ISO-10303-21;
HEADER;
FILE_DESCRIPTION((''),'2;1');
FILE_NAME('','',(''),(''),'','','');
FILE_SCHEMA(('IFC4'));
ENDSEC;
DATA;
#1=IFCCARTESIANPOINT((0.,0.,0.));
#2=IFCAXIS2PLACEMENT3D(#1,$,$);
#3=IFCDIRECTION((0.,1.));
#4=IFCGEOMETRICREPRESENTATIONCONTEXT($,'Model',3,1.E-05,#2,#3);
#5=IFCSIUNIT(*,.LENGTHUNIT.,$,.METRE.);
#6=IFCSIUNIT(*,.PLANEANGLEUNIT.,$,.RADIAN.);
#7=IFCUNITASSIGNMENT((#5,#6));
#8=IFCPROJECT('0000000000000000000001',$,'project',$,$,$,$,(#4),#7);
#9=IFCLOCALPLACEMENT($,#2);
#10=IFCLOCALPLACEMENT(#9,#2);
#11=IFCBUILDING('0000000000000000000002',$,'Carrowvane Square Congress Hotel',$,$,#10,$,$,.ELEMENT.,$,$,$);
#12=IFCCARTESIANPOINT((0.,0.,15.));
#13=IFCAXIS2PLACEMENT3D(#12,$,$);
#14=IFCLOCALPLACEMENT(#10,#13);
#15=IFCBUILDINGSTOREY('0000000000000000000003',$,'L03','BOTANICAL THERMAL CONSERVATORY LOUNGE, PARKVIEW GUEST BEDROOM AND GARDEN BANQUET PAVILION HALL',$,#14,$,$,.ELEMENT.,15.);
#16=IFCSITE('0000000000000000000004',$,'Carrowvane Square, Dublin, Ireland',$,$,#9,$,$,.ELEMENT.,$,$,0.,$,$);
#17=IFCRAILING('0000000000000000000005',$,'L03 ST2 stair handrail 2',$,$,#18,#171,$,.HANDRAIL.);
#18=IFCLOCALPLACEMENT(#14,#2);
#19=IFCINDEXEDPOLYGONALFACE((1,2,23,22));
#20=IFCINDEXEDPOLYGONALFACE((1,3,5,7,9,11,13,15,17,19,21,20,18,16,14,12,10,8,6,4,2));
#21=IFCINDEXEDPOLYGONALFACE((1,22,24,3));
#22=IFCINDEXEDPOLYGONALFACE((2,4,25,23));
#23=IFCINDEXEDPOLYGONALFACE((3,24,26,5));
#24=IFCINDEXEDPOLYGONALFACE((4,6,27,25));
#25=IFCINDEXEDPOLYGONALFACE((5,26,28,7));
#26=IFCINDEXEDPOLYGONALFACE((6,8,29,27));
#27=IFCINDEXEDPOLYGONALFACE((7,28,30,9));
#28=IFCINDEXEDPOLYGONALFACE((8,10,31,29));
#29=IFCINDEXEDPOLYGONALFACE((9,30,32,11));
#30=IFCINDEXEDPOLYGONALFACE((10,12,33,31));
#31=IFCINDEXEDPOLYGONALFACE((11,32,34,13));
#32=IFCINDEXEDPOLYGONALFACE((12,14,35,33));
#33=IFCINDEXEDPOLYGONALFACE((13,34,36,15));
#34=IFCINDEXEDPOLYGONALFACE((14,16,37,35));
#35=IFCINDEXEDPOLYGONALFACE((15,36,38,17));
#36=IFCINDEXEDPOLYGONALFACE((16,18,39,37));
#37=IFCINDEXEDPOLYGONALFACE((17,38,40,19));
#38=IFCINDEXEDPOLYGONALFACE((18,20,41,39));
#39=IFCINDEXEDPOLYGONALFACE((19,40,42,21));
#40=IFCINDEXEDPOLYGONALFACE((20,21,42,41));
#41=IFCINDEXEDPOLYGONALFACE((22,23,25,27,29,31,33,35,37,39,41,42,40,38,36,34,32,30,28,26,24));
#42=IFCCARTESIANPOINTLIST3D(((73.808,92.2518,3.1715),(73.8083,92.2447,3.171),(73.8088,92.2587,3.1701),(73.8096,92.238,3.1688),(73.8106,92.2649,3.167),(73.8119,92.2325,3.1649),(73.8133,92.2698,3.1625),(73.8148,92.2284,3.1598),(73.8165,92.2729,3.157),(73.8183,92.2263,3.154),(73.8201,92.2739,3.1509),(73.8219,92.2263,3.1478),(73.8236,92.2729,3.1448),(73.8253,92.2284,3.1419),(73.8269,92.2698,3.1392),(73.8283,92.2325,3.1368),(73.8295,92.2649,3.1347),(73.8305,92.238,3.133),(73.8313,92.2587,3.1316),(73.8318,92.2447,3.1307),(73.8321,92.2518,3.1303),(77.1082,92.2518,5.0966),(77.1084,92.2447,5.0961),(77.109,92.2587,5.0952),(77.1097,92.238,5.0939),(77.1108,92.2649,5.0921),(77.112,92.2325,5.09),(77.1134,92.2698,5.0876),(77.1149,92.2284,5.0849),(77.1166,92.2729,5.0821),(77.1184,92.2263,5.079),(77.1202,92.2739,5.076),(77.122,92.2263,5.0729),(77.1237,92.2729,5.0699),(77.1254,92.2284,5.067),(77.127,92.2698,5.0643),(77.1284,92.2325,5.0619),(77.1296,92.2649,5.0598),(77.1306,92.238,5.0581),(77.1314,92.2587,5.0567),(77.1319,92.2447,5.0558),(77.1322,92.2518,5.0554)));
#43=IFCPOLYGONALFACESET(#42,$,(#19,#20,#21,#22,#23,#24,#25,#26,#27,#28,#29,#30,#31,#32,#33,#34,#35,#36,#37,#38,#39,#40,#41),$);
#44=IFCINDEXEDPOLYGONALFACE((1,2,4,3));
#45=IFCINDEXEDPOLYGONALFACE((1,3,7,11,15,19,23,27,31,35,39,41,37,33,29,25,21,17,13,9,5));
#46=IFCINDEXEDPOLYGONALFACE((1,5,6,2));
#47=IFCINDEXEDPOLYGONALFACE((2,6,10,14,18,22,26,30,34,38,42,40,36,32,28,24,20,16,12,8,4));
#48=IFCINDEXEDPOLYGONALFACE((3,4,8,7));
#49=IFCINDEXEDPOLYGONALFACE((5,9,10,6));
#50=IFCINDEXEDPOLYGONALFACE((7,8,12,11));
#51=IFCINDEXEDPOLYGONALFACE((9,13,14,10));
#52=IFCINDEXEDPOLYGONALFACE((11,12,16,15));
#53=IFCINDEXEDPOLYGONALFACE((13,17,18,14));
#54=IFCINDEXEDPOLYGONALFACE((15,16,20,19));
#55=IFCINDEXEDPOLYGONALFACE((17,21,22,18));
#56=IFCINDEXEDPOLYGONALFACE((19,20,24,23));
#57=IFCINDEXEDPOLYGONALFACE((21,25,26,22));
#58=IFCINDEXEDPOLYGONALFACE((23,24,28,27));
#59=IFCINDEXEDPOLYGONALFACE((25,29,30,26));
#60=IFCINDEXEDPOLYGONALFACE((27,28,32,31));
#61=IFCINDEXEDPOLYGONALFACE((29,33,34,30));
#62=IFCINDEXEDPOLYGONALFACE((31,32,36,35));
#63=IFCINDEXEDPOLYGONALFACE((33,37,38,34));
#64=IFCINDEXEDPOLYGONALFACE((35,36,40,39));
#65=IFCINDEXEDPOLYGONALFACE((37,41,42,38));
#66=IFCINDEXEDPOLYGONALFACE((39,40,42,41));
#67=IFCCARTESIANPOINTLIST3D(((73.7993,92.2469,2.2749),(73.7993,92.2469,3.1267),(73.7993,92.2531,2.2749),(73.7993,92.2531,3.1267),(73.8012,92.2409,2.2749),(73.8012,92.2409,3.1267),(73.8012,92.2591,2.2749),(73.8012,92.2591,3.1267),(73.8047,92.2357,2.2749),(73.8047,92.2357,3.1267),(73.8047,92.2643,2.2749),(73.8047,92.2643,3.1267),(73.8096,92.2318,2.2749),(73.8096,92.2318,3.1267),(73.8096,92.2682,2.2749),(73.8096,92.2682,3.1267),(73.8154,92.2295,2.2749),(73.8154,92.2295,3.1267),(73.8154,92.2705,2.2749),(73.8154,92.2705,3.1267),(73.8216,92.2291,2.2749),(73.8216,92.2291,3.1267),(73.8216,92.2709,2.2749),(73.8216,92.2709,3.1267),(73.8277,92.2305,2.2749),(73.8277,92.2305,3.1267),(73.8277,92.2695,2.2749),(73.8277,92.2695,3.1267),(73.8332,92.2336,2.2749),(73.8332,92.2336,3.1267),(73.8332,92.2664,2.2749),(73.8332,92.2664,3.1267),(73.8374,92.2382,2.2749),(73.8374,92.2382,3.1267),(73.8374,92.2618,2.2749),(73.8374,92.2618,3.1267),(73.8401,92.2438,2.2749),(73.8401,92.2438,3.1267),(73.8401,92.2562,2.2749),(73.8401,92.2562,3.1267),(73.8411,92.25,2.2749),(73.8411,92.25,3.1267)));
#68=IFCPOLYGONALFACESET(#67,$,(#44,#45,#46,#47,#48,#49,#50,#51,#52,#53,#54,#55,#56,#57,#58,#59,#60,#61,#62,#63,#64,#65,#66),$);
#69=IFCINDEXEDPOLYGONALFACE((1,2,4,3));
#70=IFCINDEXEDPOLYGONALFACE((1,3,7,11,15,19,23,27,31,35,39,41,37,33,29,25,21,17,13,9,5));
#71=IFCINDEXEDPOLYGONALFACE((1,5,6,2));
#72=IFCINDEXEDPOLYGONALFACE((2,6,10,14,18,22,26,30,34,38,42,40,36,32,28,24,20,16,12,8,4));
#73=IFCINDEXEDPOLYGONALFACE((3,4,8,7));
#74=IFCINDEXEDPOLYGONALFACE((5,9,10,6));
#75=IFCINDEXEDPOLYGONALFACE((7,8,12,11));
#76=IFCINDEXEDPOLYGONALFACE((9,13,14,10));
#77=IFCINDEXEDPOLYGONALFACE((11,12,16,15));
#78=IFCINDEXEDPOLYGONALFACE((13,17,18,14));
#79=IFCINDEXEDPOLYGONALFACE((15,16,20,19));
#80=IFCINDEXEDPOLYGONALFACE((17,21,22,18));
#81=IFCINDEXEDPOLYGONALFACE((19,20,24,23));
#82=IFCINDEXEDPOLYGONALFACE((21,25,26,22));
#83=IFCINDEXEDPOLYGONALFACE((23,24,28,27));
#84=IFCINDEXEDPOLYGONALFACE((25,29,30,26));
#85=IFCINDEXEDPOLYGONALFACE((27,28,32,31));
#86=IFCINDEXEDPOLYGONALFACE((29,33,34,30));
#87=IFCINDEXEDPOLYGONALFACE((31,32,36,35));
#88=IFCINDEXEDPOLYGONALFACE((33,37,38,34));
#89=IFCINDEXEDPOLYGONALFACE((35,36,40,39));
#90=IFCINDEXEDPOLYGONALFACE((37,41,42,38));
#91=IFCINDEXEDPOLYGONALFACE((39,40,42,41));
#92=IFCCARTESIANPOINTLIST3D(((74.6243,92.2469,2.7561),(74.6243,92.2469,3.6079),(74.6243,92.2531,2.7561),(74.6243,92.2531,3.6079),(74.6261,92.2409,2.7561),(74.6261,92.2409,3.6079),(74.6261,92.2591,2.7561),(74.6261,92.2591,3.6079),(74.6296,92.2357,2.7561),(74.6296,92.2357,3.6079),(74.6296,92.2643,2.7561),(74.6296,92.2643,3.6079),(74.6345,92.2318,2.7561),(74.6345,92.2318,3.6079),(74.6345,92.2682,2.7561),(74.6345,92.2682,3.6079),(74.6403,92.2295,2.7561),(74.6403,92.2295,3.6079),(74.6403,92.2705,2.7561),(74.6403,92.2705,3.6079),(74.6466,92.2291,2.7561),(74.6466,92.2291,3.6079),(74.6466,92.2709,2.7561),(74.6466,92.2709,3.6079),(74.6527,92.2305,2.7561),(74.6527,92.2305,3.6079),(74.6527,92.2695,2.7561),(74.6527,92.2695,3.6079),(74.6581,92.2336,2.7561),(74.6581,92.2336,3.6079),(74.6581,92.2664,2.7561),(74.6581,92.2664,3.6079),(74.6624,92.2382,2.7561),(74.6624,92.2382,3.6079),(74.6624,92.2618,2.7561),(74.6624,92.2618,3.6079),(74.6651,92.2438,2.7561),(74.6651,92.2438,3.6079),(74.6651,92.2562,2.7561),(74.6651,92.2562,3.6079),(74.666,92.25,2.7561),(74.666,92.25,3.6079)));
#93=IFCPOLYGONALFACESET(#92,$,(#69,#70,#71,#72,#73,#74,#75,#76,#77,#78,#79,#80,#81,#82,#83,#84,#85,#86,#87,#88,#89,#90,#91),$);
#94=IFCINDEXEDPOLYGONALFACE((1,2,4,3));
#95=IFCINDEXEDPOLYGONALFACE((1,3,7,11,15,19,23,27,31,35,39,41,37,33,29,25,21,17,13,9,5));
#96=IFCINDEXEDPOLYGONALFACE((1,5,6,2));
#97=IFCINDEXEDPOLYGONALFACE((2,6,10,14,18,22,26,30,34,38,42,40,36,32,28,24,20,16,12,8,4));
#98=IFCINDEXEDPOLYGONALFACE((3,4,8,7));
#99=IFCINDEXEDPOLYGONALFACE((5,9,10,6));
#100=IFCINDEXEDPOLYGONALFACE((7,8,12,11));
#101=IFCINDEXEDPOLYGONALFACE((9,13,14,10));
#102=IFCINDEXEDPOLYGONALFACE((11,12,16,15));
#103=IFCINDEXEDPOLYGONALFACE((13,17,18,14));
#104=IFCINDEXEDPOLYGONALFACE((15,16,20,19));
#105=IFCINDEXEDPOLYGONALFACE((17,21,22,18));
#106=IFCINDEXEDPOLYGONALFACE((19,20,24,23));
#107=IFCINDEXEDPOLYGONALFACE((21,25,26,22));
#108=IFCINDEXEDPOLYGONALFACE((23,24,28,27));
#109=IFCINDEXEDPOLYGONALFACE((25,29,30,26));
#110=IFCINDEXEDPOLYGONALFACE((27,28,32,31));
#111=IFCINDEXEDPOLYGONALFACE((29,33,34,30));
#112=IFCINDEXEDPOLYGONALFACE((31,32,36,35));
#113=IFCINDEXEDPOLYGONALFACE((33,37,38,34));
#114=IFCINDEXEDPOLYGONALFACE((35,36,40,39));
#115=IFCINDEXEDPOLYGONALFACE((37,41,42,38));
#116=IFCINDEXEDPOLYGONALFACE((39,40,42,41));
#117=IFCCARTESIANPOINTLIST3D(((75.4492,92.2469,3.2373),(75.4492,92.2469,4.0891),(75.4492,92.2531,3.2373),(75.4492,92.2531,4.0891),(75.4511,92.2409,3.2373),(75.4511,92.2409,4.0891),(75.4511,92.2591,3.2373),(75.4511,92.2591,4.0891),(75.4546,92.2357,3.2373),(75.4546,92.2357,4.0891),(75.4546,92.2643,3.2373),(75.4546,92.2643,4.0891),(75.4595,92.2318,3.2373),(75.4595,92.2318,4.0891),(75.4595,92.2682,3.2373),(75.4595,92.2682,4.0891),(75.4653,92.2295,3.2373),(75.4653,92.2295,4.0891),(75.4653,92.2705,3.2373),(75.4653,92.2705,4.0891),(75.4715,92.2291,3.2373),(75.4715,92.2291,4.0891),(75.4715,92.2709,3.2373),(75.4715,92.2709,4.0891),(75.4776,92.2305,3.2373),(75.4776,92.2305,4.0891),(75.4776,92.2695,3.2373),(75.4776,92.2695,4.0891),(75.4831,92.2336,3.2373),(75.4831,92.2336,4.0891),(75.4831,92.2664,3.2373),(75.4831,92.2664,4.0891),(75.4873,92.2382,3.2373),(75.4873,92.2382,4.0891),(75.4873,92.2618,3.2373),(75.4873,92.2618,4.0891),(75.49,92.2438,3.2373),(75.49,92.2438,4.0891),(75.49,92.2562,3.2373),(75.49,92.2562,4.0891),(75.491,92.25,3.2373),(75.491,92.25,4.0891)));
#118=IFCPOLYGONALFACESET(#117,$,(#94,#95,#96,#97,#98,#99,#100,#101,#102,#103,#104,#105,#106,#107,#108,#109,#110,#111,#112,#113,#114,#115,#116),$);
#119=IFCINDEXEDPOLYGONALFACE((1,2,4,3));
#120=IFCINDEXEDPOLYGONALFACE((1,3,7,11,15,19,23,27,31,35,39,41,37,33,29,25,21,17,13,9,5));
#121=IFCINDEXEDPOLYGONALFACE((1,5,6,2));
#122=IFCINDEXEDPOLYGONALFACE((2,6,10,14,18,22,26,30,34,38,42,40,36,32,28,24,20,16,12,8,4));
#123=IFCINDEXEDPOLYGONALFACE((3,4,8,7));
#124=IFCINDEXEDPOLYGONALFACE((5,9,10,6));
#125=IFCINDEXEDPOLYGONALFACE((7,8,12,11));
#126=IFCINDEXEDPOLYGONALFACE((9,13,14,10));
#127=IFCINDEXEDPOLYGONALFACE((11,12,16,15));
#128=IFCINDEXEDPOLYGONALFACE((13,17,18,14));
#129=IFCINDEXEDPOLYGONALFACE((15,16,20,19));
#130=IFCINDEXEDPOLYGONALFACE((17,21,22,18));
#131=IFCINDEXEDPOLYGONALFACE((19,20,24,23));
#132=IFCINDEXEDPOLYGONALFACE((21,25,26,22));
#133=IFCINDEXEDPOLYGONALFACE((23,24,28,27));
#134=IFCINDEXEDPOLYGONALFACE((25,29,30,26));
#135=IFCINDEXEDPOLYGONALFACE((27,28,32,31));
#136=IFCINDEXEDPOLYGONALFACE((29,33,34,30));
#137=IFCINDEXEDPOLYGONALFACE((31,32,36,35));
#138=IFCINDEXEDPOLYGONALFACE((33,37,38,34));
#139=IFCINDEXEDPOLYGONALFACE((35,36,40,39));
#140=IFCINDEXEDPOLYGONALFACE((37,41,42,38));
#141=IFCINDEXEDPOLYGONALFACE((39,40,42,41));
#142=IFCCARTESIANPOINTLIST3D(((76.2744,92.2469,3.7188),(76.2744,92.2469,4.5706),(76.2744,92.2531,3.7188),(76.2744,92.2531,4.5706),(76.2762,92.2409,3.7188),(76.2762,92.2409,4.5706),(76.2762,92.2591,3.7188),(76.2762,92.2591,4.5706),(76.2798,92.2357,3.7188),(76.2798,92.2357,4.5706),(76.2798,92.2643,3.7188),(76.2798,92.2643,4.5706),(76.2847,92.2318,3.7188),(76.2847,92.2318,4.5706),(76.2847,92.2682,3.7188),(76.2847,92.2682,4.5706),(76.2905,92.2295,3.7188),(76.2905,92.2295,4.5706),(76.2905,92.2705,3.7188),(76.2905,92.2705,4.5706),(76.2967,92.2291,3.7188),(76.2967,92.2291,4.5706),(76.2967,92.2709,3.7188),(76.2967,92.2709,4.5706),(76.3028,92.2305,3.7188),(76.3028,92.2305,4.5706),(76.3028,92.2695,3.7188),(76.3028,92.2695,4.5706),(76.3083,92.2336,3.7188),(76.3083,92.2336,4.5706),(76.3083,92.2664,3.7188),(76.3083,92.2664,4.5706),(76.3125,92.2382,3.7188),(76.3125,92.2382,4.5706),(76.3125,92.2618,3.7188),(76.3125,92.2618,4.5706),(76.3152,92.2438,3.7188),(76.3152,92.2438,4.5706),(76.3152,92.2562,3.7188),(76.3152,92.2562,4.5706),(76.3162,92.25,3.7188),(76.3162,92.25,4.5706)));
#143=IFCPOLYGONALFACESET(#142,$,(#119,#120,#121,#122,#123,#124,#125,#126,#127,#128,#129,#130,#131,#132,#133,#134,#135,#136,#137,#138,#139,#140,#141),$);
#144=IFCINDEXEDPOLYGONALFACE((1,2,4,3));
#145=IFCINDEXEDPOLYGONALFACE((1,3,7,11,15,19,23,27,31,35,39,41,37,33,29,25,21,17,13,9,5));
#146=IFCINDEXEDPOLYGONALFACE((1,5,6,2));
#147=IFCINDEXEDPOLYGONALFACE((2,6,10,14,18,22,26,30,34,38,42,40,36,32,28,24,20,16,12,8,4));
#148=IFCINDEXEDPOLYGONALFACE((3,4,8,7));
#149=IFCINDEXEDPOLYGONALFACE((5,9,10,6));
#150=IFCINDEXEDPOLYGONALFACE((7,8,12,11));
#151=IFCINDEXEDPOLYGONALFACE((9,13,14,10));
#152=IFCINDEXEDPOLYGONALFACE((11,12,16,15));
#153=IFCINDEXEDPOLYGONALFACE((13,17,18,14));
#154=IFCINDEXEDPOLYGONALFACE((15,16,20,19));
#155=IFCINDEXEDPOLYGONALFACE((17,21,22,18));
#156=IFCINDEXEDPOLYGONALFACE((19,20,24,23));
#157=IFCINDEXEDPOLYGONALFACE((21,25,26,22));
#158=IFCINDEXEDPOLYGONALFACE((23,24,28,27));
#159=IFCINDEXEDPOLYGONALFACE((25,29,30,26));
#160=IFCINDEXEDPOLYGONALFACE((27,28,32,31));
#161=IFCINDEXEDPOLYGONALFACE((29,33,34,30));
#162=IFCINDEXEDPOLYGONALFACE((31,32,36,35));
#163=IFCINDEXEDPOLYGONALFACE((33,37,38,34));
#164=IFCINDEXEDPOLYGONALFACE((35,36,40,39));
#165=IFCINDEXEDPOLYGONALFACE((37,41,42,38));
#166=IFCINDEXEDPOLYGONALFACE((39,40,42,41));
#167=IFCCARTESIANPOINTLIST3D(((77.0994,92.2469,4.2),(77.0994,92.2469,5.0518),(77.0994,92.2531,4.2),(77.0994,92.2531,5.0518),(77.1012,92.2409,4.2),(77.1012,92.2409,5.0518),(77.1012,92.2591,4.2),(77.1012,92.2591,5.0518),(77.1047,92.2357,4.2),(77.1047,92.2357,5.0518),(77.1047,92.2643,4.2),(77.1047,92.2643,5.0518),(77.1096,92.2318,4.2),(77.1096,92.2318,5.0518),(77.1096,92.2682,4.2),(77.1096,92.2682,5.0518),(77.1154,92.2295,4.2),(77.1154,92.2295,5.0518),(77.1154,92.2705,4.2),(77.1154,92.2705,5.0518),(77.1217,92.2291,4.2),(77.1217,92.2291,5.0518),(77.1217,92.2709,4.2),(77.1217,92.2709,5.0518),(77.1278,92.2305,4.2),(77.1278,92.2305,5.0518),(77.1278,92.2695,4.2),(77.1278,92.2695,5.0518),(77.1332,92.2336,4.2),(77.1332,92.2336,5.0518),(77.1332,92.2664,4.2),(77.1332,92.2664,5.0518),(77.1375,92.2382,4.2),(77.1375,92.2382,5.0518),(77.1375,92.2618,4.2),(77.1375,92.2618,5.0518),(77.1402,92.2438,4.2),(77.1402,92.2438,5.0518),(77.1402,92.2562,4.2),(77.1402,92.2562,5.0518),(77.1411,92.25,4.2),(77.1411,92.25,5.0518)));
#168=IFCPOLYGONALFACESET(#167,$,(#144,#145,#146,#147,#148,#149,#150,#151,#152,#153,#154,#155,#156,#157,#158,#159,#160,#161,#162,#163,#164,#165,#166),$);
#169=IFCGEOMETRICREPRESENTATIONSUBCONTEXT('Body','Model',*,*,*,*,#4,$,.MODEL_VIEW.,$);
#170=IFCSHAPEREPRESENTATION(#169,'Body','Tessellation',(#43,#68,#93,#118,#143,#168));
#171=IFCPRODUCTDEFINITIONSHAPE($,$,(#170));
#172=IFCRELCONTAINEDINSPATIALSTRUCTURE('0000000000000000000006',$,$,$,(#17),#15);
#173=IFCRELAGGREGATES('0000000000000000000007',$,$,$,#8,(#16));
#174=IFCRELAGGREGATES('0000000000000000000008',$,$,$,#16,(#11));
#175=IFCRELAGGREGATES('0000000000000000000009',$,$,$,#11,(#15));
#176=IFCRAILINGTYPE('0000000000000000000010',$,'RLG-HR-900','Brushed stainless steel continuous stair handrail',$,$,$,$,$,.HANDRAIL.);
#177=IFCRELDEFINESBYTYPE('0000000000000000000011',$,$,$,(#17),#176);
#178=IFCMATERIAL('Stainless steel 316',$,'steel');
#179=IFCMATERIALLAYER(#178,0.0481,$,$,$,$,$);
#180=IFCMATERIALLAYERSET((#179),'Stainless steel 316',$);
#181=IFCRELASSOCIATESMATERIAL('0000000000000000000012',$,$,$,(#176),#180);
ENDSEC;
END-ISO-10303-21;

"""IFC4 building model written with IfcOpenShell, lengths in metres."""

from ifc_helpers import new_model, si_unit, direction, frame, origin, origin_2d, place, context, subcontext, project, spatial, circle, extrude, material, layer, layer_set, type_object, element, save


model = new_model("IFC4")

# Units and contexts
model_context = context("Model", 3, precision=1e-05, world=origin(), true_north=direction((0.0, 1.0)))
body_context = subcontext(model_context, "Body", "Model", "MODEL_VIEW")
ifc_project = project(units=[si_unit("LENGTHUNIT", "METRE"), si_unit("PLANEANGLEUNIT", "RADIAN")], contexts=[model_context])

# Site, building, storey
site_placement = place(None, origin())
site = spatial("IfcSite", under=ifc_project, at=site_placement, Name="Carrowvane Square, Dublin, Ireland", CompositionType="ELEMENT", RefElevation=0.0)
building_placement = place(site_placement, origin())
building = spatial("IfcBuilding", under=site, at=building_placement, Name="Carrowvane Square Congress Hotel", CompositionType="ELEMENT")
storey_placement = place(building_placement, frame((0.0, 0.0, 15.0)))
storey = spatial("IfcBuildingStorey", under=building, at=storey_placement, Name="L03", Description="BOTANICAL THERMAL CONSERVATORY LOUNGE, PARKVIEW GUEST BEDROOM AND GARDEN BANQUET PAVILION HALL", CompositionType="ELEMENT", Elevation=15.0)

# Railing
ifc_material_1 = material(Name="Stainless steel 316", Category="steel")
ifc_layer_1 = layer(ifc_material_1, 0.0481)
ifc_layer_set_1 = layer_set([ifc_layer_1], Name="Stainless steel 316")
railing_type_1 = type_object("IfcRailingType", Name="RLG-HR-900", Description="Brushed stainless steel continuous stair handrail", PredefinedType="HANDRAIL", material=ifc_layer_set_1)
railing_1_placement = place(storey_placement, frame((73.8201, 92.25, 2.2749)))
element("IfcRailing", 1, at=railing_1_placement, inside=storey, type_object=railing_type_1, Name="L03 ST2 stair handrail 2", PredefinedType="HANDRAIL", context=body_context, shape_type="SweptSolid", body=[
    extrude(circle(Radius=0.0239, at=origin_2d()), frame((0.0, 0.0, 0.876), z_axis=(0.863777, 0.0, 0.503875), x_axis=(0.0, 1.0, 0.0)), (0.0, 0.0, 1.0), 3.8206),
    extrude(circle(Radius=0.021, at=origin_2d()), origin(), (0.0, 0.0, 1.0), 0.8518),
    extrude(circle(Radius=0.021, at=origin_2d()), frame((0.825, 0.0, 0.4812)), (0.0, 0.0, 1.0), 0.8518),
    extrude(circle(Radius=0.021, at=origin_2d()), frame((1.6499, 0.0, 0.9624)), (0.0, 0.0, 1.0), 0.8518),
    extrude(circle(Radius=0.021, at=origin_2d()), frame((2.4751, 0.0, 1.4438)), (0.0, 0.0, 1.0), 0.8518),
    extrude(circle(Radius=0.021, at=origin_2d()), frame((3.3, 0.0, 1.925)), (0.0, 0.0, 1.0), 0.8518),
])

save(model, "model.ifc")
